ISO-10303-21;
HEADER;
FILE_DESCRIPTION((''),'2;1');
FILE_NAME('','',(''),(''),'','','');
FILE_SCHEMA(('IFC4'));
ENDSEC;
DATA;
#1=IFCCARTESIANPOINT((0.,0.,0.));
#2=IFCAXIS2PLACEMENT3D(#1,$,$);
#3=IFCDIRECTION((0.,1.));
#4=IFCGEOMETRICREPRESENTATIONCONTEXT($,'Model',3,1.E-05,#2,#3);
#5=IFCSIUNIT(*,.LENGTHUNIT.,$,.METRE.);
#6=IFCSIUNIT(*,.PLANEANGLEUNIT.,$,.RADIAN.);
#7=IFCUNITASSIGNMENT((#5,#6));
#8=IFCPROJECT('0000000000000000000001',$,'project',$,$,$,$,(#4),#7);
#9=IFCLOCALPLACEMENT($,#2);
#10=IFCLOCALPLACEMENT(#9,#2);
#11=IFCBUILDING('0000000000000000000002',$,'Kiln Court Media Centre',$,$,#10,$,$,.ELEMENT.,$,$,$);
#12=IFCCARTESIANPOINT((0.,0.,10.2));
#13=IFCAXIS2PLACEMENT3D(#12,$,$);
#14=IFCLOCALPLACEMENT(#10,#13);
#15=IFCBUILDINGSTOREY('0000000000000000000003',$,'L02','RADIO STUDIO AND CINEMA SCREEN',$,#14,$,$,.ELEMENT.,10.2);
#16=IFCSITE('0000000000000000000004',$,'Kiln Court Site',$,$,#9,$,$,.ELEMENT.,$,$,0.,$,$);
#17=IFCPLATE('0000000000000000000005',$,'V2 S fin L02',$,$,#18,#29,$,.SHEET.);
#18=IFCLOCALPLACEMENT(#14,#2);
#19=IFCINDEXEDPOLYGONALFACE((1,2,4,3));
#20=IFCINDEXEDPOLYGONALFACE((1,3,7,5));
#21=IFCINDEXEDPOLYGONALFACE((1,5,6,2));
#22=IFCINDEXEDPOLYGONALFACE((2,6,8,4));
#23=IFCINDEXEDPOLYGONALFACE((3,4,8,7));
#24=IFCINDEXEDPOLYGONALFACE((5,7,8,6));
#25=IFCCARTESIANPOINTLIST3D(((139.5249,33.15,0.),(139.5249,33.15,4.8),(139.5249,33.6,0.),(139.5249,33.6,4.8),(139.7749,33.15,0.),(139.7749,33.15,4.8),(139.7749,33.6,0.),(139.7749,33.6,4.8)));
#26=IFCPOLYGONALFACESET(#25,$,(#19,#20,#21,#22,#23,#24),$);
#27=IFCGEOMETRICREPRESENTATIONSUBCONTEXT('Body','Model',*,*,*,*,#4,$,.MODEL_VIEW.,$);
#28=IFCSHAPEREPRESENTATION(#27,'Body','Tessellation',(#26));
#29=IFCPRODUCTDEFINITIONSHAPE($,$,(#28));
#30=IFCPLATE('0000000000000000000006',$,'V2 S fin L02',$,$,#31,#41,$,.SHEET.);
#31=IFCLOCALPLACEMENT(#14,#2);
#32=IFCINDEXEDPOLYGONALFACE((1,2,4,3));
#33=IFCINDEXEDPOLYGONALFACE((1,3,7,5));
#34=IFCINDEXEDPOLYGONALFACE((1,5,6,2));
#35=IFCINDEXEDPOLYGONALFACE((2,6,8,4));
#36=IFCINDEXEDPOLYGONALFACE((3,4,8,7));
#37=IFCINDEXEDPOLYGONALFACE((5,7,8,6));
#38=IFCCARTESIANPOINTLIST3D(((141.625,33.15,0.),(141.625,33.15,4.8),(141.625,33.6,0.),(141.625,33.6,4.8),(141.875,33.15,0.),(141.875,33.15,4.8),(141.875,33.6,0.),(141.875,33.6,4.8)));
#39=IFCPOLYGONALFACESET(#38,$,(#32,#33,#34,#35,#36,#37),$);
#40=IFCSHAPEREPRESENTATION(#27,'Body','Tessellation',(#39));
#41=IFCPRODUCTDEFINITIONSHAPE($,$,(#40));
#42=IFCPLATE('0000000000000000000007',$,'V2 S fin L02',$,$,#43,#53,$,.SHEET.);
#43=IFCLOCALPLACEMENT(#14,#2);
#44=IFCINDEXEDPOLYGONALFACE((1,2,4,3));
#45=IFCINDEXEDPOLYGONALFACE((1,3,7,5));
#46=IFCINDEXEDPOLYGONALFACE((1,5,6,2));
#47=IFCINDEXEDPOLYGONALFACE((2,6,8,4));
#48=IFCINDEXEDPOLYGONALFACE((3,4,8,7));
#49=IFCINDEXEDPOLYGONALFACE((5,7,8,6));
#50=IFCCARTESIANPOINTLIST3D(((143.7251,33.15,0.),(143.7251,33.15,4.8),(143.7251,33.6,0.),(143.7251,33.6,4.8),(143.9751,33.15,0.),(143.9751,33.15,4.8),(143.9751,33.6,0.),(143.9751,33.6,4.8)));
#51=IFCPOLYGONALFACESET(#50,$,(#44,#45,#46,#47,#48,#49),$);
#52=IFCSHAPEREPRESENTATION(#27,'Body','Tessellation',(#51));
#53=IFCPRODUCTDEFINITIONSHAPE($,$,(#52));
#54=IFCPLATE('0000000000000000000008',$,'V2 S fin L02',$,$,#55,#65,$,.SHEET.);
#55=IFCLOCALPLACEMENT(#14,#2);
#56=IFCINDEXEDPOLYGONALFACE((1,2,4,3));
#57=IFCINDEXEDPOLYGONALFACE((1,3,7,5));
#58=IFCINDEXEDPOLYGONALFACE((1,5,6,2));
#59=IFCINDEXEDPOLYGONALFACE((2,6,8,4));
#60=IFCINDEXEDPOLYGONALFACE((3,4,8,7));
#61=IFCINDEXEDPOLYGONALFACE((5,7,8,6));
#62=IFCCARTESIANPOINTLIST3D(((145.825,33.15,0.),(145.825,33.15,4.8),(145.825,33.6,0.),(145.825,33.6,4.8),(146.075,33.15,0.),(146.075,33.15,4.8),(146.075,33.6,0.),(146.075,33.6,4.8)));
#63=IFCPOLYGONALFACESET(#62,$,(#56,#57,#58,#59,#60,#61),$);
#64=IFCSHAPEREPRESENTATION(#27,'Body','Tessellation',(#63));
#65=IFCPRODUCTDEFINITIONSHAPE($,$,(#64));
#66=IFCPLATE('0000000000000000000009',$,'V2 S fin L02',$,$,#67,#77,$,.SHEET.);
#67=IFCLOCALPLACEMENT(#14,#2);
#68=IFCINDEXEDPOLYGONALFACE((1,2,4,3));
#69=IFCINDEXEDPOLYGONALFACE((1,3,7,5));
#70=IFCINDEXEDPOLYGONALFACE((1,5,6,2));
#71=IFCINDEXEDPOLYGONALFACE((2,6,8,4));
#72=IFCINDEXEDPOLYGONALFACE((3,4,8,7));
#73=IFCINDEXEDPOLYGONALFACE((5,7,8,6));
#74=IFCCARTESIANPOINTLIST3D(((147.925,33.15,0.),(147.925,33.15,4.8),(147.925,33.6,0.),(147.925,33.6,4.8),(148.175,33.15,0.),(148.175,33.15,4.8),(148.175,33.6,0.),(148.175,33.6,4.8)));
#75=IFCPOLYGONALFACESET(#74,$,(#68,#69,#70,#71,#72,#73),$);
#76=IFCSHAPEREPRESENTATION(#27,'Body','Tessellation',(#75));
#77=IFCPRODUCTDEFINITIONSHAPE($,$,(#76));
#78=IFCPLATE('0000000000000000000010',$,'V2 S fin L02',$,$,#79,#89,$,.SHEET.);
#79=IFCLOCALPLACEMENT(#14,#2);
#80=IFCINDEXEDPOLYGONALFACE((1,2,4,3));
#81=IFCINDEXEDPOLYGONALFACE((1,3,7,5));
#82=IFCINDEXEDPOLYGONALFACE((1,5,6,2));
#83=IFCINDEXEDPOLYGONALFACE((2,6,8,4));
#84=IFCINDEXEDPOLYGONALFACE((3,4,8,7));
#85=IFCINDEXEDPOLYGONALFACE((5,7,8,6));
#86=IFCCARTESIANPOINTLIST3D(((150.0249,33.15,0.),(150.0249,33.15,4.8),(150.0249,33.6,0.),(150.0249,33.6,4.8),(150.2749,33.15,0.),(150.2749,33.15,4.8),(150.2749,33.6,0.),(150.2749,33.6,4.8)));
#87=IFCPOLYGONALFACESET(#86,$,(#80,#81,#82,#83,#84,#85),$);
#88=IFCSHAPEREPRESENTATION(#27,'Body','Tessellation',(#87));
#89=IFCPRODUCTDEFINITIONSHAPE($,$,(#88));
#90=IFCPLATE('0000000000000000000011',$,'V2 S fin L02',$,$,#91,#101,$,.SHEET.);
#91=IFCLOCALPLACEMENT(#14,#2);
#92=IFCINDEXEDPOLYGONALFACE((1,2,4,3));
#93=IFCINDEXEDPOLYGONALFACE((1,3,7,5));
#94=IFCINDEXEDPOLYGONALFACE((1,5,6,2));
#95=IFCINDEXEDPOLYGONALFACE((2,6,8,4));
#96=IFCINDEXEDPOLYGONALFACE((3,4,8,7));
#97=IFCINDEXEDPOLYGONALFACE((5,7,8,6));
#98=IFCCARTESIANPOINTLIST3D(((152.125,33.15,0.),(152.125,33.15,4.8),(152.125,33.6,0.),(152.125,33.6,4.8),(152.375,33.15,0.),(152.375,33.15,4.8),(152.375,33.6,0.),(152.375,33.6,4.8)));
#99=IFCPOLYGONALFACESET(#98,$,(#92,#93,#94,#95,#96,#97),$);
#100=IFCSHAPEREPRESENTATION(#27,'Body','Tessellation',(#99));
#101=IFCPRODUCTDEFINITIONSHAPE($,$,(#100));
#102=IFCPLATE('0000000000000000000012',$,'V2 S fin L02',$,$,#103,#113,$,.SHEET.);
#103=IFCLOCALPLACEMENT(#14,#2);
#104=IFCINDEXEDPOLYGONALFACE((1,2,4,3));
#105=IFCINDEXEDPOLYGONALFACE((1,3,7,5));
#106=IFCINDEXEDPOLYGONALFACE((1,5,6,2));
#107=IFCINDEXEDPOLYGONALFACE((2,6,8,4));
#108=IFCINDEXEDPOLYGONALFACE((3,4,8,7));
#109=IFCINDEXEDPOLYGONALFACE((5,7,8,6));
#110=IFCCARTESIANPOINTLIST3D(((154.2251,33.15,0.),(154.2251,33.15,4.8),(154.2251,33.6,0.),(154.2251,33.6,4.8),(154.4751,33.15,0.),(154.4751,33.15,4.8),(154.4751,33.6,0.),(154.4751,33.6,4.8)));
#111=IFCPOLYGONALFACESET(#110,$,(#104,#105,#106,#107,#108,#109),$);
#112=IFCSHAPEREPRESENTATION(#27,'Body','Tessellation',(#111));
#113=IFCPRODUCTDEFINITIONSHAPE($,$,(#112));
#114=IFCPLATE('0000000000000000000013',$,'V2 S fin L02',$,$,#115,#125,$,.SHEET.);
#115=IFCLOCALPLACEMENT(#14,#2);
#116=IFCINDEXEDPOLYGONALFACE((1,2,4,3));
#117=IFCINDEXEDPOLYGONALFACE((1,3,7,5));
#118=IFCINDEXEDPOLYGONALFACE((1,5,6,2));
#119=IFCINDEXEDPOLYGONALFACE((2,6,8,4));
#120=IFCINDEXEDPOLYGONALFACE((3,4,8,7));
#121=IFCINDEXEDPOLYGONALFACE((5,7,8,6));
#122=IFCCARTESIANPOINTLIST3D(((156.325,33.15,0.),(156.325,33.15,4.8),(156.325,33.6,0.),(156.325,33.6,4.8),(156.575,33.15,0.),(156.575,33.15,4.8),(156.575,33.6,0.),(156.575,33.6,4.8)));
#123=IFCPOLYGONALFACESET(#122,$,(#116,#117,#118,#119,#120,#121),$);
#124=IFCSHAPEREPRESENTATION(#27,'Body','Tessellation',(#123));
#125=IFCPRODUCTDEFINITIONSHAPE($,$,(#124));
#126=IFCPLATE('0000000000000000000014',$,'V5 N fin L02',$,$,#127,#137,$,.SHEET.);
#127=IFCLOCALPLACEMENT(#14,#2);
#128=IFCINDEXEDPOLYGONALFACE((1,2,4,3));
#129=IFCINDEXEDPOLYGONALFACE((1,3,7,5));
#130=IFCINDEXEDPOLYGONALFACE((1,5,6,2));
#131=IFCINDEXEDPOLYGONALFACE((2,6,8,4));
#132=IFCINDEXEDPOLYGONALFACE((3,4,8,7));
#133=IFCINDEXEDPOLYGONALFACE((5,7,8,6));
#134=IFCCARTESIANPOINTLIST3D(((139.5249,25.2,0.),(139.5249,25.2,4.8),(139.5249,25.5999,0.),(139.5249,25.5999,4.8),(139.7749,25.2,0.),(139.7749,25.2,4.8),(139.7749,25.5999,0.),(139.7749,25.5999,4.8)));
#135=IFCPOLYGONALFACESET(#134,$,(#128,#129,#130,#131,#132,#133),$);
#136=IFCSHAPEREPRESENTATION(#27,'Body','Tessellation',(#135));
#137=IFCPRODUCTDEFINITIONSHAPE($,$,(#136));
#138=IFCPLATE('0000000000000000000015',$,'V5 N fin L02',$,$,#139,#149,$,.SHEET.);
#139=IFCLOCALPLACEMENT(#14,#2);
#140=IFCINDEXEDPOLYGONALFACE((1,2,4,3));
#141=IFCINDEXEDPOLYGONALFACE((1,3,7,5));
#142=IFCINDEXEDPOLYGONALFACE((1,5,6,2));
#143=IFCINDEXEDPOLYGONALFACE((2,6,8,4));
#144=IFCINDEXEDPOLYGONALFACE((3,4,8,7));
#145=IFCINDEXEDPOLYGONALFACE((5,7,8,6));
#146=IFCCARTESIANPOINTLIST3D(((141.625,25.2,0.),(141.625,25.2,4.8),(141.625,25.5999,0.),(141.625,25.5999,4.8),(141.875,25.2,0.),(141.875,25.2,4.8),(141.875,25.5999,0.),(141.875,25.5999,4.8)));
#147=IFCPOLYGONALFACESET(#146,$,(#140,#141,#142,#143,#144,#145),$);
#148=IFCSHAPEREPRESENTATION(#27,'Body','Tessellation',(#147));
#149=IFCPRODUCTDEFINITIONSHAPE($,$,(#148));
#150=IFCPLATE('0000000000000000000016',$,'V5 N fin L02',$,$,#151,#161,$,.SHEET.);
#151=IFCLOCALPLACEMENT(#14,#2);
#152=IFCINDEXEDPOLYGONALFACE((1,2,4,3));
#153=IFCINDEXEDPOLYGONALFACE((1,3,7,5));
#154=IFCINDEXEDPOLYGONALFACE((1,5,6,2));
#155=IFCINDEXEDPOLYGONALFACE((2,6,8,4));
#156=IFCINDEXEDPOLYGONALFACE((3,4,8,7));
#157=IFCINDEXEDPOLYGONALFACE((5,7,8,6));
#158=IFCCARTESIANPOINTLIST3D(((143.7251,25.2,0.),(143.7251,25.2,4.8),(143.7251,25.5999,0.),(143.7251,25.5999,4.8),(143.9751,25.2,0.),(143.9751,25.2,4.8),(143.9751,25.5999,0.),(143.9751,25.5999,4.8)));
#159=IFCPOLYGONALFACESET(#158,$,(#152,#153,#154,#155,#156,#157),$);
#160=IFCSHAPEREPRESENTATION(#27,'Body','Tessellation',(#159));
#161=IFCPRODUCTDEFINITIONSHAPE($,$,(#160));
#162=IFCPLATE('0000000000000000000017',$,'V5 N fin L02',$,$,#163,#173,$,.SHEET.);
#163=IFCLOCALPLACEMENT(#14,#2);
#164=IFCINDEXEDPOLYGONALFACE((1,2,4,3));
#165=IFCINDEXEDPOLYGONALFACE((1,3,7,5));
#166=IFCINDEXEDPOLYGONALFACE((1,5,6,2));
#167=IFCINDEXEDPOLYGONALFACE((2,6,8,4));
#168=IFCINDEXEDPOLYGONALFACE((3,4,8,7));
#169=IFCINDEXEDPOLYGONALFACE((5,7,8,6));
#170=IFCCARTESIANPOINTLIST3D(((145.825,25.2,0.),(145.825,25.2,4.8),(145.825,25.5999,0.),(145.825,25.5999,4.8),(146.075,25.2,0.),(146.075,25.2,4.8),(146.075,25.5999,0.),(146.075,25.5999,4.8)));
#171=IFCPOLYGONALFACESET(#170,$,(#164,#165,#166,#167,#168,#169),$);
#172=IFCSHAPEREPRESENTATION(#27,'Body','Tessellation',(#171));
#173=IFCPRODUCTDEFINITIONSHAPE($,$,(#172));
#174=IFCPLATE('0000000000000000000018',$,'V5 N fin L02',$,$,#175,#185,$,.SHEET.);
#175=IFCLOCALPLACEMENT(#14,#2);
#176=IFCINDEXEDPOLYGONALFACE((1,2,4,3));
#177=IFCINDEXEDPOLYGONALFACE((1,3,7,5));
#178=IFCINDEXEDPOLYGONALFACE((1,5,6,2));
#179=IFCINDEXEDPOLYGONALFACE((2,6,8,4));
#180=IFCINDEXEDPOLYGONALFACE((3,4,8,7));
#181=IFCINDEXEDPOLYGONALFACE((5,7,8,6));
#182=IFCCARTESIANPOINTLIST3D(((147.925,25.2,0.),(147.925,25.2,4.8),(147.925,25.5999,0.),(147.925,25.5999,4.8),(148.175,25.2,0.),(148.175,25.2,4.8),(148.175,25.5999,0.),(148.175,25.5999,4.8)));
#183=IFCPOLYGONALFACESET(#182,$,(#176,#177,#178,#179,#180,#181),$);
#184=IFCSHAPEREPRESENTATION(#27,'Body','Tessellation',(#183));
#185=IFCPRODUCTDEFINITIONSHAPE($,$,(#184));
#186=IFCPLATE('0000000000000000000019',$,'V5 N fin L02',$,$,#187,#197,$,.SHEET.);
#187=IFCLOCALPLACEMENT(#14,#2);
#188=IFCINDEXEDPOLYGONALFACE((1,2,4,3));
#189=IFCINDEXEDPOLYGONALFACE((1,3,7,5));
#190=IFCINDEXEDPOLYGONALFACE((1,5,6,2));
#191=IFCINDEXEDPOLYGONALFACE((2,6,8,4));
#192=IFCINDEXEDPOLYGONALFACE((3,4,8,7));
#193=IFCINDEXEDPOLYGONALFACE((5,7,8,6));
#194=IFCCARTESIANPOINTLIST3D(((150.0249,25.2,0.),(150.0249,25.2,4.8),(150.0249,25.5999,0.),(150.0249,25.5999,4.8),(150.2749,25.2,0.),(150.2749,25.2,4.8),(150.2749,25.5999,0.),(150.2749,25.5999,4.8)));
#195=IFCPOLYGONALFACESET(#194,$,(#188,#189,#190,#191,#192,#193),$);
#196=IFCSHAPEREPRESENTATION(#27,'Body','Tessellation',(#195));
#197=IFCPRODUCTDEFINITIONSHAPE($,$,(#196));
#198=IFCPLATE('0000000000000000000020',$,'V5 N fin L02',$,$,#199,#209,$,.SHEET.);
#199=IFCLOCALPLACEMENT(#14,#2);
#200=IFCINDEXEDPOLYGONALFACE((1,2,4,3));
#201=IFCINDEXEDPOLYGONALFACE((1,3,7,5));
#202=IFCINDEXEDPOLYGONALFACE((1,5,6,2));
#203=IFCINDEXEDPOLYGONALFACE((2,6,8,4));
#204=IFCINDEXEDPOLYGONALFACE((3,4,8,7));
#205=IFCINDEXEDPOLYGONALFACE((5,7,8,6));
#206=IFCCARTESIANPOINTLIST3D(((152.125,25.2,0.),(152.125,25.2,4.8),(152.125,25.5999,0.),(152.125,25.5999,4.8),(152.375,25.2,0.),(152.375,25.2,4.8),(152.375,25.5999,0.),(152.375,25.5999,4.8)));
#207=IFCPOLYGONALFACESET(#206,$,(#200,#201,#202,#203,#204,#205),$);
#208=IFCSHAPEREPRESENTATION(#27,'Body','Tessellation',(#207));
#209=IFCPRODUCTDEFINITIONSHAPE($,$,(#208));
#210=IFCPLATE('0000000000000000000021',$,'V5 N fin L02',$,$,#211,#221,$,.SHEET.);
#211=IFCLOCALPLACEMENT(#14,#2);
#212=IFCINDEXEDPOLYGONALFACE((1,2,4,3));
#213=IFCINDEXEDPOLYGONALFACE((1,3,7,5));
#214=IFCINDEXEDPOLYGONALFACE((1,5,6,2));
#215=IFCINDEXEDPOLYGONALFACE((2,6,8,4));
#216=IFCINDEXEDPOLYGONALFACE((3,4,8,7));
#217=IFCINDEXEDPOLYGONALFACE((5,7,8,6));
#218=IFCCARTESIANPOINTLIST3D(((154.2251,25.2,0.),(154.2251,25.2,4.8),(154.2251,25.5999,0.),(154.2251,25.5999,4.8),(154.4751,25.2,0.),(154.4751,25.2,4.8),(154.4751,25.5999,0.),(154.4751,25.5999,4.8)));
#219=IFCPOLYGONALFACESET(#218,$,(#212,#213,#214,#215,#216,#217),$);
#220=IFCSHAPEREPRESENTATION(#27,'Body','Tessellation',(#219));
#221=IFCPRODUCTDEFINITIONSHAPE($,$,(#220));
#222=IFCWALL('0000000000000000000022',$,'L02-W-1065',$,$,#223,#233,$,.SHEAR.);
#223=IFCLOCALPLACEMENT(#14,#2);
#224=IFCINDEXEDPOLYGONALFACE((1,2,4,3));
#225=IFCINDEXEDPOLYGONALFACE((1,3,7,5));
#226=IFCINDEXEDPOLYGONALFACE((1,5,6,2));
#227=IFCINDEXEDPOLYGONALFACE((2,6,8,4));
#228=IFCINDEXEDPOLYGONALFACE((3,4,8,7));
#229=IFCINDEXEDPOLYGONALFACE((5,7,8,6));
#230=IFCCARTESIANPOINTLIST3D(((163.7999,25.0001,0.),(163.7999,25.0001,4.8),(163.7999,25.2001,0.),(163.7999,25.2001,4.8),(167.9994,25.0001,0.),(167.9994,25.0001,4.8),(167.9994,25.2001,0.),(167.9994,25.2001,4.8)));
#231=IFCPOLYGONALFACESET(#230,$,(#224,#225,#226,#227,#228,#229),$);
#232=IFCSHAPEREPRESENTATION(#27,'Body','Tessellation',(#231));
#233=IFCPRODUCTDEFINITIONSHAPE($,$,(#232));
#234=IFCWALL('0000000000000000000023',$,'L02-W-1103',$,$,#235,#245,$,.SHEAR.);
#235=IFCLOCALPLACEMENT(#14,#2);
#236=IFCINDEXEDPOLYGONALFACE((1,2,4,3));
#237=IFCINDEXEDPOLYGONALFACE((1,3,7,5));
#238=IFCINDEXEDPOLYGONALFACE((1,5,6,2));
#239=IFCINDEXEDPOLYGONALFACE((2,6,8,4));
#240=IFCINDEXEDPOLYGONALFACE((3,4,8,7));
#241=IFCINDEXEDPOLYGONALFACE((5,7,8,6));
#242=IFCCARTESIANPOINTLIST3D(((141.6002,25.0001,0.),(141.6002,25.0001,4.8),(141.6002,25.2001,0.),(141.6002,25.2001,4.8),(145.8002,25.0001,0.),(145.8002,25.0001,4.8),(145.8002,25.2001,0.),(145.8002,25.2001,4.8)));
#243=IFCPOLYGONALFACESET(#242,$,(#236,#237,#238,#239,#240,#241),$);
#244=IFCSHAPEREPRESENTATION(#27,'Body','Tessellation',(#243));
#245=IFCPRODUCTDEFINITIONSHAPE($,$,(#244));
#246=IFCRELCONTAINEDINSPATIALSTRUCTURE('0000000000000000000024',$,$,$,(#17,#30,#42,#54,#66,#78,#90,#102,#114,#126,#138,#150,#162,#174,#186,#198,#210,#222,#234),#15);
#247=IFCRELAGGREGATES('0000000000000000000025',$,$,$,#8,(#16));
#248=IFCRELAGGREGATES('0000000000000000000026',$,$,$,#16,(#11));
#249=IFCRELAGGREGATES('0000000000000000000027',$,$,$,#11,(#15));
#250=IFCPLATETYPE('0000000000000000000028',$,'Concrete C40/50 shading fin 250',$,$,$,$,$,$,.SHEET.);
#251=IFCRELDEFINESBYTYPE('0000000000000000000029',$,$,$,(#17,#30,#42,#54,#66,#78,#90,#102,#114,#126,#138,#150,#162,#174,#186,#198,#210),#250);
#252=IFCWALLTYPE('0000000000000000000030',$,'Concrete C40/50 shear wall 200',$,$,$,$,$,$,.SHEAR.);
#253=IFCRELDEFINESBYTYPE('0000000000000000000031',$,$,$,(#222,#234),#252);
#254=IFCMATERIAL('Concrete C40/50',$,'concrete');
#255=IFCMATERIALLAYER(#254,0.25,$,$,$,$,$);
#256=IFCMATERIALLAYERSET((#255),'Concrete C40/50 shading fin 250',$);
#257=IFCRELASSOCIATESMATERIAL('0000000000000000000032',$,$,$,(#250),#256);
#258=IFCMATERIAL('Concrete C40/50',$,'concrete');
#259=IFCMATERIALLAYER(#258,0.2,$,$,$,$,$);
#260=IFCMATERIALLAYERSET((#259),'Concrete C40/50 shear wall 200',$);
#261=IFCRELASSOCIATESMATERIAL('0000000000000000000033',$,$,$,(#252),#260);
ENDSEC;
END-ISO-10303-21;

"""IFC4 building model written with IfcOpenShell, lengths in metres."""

from ifc_helpers import new_model, si_unit, direction, frame, frame_2d, origin, origin_2d, place, context, subcontext, project, spatial, rectangle, extrude, material, layer, layer_set, type_object, element, save


model = new_model("IFC4")

# Units and contexts
model_context = context("Model", 3, precision=1e-05, world=origin(), true_north=direction((0.0, 1.0)))
body_context = subcontext(model_context, "Body", "Model", "MODEL_VIEW")
ifc_project = project(units=[si_unit("LENGTHUNIT", "METRE"), si_unit("PLANEANGLEUNIT", "RADIAN")], contexts=[model_context])

# Site, building, storey
site_placement = place(None, origin())
site = spatial("IfcSite", under=ifc_project, at=site_placement, Name="Kiln Court Site", CompositionType="ELEMENT", RefElevation=0.0)
building_placement = place(site_placement, origin())
building = spatial("IfcBuilding", under=site, at=building_placement, Name="Kiln Court Media Centre", CompositionType="ELEMENT")
storey_placement = place(building_placement, frame((0.0, 0.0, 10.2)))
storey = spatial("IfcBuildingStorey", under=building, at=storey_placement, Name="L02", Description="RADIO STUDIO AND CINEMA SCREEN", CompositionType="ELEMENT", Elevation=10.2)

# Plates
ifc_material_1 = material(Name="Concrete C40/50", Category="concrete")
ifc_layer_1 = layer(ifc_material_1, 0.25)
ifc_layer_set_1 = layer_set([ifc_layer_1], Name="Concrete C40/50 shading fin 250")
plate_type = type_object("IfcPlateType", Name="Concrete C40/50 shading fin 250", PredefinedType="SHEET", material=ifc_layer_set_1)
for number, where, z_axis, x_axis, name in (
    (1, (139.6499, 33.375, 0.0), (0.0, 0.0, 1.0), (1.0, 0.0, 0.0), "V2 S fin L02"),
    (2, (141.75, 33.375, 0.0), (0.0, 0.0, 1.0), (1.0, 0.0, 0.0), "V2 S fin L02"),
    (3, (143.8501, 33.375, 0.0), (0.0, 0.0, 1.0), (1.0, 0.0, 0.0), "V2 S fin L02"),
    (4, (145.95, 33.375, 0.0), (0.0, 0.0, 1.0), (1.0, 0.0, 0.0), "V2 S fin L02"),
    (5, (148.05, 33.375, 0.0), (0.0, 0.0, 1.0), (1.0, 0.0, 0.0), "V2 S fin L02"),
    (6, (150.1499, 33.375, 0.0), (0.0, 0.0, 1.0), (1.0, 0.0, 0.0), "V2 S fin L02"),
    (7, (152.25, 33.375, 0.0), (0.0, 0.0, 1.0), (1.0, 0.0, 0.0), "V2 S fin L02"),
    (8, (154.3501, 33.375, 0.0), (0.0, 0.0, 1.0), (1.0, 0.0, 0.0), "V2 S fin L02"),
    (9, (156.45, 33.375, 0.0), (0.0, 0.0, 1.0), (1.0, 0.0, 0.0), "V2 S fin L02"),
):
    element("IfcPlate", number, at=place(storey_placement, frame(where, z_axis=z_axis, x_axis=x_axis)), inside=storey, type_object=plate_type, Name=name, PredefinedType="SHEET", context=body_context, shape_type="SweptSolid", body=[
        extrude(rectangle(XDim=0.25, YDim=0.45, at=origin_2d()), origin(), (0.0, 0.0, 1.0), 4.8),
    ])
for number, where, z_axis, x_axis, name in (
    (10, (139.6499, 25.3999, 0.0), (0.0, 0.0, 1.0), (1.0, 0.0, 0.0), "V5 N fin L02"),
    (11, (141.75, 25.3999, 0.0), (0.0, 0.0, 1.0), (1.0, 0.0, 0.0), "V5 N fin L02"),
    (12, (143.8501, 25.3999, 0.0), (0.0, 0.0, 1.0), (1.0, 0.0, 0.0), "V5 N fin L02"),
    (13, (145.95, 25.3999, 0.0), (0.0, 0.0, 1.0), (1.0, 0.0, 0.0), "V5 N fin L02"),
    (14, (148.05, 25.3999, 0.0), (0.0, 0.0, 1.0), (1.0, 0.0, 0.0), "V5 N fin L02"),
    (15, (150.1499, 25.3999, 0.0), (0.0, 0.0, 1.0), (1.0, 0.0, 0.0), "V5 N fin L02"),
    (16, (152.25, 25.3999, 0.0), (0.0, 0.0, 1.0), (1.0, 0.0, 0.0), "V5 N fin L02"),
    (17, (154.3501, 25.3999, 0.0), (0.0, 0.0, 1.0), (1.0, 0.0, 0.0), "V5 N fin L02"),
):
    element("IfcPlate", number, at=place(storey_placement, frame(where, z_axis=z_axis, x_axis=x_axis)), inside=storey, type_object=plate_type, Name=name, PredefinedType="SHEET", context=body_context, shape_type="SweptSolid", body=[
        extrude(rectangle(XDim=0.25, YDim=0.3999, at=origin_2d()), origin(), (0.0, 0.0, 1.0), 4.8),
    ])

# Walls
ifc_material_2 = material(Name="Concrete C40/50", Category="concrete")
ifc_layer_2 = layer(ifc_material_2, 0.2)
ifc_layer_set_2 = layer_set([ifc_layer_2], Name="Concrete C40/50 shear wall 200")
wall_type = type_object("IfcWallType", Name="Concrete C40/50 shear wall 200", PredefinedType="SHEAR", material=ifc_layer_set_2)
wall_1_placement = place(storey_placement, frame((163.8, 25.1001, 0.0), z_axis=(0.0, 0.0, 1.0), x_axis=(1.0, 0.0, 0.0)))
element("IfcWall", 18, at=wall_1_placement, inside=storey, type_object=wall_type, Name="L02-W-1065", PredefinedType="SHEAR", context=body_context, shape_type="SweptSolid", body=[
    extrude(rectangle(XDim=4.1995, YDim=0.2, at=frame_2d((2.0996, 0.0))), origin(), (0.0, 0.0, 1.0), 4.8),
])
wall_2_placement = place(storey_placement, frame((141.6001, 25.1001, 0.0), z_axis=(0.0, 0.0, 1.0), x_axis=(1.0, 0.0, 0.0)))
element("IfcWall", 19, at=wall_2_placement, inside=storey, type_object=wall_type, Name="L02-W-1103", PredefinedType="SHEAR", context=body_context, shape_type="SweptSolid", body=[
    extrude(rectangle(XDim=4.2, YDim=0.2, at=frame_2d((2.1001, 0.0))), origin(), (0.0, 0.0, 1.0), 4.8),
])

save(model, "model.ifc")
